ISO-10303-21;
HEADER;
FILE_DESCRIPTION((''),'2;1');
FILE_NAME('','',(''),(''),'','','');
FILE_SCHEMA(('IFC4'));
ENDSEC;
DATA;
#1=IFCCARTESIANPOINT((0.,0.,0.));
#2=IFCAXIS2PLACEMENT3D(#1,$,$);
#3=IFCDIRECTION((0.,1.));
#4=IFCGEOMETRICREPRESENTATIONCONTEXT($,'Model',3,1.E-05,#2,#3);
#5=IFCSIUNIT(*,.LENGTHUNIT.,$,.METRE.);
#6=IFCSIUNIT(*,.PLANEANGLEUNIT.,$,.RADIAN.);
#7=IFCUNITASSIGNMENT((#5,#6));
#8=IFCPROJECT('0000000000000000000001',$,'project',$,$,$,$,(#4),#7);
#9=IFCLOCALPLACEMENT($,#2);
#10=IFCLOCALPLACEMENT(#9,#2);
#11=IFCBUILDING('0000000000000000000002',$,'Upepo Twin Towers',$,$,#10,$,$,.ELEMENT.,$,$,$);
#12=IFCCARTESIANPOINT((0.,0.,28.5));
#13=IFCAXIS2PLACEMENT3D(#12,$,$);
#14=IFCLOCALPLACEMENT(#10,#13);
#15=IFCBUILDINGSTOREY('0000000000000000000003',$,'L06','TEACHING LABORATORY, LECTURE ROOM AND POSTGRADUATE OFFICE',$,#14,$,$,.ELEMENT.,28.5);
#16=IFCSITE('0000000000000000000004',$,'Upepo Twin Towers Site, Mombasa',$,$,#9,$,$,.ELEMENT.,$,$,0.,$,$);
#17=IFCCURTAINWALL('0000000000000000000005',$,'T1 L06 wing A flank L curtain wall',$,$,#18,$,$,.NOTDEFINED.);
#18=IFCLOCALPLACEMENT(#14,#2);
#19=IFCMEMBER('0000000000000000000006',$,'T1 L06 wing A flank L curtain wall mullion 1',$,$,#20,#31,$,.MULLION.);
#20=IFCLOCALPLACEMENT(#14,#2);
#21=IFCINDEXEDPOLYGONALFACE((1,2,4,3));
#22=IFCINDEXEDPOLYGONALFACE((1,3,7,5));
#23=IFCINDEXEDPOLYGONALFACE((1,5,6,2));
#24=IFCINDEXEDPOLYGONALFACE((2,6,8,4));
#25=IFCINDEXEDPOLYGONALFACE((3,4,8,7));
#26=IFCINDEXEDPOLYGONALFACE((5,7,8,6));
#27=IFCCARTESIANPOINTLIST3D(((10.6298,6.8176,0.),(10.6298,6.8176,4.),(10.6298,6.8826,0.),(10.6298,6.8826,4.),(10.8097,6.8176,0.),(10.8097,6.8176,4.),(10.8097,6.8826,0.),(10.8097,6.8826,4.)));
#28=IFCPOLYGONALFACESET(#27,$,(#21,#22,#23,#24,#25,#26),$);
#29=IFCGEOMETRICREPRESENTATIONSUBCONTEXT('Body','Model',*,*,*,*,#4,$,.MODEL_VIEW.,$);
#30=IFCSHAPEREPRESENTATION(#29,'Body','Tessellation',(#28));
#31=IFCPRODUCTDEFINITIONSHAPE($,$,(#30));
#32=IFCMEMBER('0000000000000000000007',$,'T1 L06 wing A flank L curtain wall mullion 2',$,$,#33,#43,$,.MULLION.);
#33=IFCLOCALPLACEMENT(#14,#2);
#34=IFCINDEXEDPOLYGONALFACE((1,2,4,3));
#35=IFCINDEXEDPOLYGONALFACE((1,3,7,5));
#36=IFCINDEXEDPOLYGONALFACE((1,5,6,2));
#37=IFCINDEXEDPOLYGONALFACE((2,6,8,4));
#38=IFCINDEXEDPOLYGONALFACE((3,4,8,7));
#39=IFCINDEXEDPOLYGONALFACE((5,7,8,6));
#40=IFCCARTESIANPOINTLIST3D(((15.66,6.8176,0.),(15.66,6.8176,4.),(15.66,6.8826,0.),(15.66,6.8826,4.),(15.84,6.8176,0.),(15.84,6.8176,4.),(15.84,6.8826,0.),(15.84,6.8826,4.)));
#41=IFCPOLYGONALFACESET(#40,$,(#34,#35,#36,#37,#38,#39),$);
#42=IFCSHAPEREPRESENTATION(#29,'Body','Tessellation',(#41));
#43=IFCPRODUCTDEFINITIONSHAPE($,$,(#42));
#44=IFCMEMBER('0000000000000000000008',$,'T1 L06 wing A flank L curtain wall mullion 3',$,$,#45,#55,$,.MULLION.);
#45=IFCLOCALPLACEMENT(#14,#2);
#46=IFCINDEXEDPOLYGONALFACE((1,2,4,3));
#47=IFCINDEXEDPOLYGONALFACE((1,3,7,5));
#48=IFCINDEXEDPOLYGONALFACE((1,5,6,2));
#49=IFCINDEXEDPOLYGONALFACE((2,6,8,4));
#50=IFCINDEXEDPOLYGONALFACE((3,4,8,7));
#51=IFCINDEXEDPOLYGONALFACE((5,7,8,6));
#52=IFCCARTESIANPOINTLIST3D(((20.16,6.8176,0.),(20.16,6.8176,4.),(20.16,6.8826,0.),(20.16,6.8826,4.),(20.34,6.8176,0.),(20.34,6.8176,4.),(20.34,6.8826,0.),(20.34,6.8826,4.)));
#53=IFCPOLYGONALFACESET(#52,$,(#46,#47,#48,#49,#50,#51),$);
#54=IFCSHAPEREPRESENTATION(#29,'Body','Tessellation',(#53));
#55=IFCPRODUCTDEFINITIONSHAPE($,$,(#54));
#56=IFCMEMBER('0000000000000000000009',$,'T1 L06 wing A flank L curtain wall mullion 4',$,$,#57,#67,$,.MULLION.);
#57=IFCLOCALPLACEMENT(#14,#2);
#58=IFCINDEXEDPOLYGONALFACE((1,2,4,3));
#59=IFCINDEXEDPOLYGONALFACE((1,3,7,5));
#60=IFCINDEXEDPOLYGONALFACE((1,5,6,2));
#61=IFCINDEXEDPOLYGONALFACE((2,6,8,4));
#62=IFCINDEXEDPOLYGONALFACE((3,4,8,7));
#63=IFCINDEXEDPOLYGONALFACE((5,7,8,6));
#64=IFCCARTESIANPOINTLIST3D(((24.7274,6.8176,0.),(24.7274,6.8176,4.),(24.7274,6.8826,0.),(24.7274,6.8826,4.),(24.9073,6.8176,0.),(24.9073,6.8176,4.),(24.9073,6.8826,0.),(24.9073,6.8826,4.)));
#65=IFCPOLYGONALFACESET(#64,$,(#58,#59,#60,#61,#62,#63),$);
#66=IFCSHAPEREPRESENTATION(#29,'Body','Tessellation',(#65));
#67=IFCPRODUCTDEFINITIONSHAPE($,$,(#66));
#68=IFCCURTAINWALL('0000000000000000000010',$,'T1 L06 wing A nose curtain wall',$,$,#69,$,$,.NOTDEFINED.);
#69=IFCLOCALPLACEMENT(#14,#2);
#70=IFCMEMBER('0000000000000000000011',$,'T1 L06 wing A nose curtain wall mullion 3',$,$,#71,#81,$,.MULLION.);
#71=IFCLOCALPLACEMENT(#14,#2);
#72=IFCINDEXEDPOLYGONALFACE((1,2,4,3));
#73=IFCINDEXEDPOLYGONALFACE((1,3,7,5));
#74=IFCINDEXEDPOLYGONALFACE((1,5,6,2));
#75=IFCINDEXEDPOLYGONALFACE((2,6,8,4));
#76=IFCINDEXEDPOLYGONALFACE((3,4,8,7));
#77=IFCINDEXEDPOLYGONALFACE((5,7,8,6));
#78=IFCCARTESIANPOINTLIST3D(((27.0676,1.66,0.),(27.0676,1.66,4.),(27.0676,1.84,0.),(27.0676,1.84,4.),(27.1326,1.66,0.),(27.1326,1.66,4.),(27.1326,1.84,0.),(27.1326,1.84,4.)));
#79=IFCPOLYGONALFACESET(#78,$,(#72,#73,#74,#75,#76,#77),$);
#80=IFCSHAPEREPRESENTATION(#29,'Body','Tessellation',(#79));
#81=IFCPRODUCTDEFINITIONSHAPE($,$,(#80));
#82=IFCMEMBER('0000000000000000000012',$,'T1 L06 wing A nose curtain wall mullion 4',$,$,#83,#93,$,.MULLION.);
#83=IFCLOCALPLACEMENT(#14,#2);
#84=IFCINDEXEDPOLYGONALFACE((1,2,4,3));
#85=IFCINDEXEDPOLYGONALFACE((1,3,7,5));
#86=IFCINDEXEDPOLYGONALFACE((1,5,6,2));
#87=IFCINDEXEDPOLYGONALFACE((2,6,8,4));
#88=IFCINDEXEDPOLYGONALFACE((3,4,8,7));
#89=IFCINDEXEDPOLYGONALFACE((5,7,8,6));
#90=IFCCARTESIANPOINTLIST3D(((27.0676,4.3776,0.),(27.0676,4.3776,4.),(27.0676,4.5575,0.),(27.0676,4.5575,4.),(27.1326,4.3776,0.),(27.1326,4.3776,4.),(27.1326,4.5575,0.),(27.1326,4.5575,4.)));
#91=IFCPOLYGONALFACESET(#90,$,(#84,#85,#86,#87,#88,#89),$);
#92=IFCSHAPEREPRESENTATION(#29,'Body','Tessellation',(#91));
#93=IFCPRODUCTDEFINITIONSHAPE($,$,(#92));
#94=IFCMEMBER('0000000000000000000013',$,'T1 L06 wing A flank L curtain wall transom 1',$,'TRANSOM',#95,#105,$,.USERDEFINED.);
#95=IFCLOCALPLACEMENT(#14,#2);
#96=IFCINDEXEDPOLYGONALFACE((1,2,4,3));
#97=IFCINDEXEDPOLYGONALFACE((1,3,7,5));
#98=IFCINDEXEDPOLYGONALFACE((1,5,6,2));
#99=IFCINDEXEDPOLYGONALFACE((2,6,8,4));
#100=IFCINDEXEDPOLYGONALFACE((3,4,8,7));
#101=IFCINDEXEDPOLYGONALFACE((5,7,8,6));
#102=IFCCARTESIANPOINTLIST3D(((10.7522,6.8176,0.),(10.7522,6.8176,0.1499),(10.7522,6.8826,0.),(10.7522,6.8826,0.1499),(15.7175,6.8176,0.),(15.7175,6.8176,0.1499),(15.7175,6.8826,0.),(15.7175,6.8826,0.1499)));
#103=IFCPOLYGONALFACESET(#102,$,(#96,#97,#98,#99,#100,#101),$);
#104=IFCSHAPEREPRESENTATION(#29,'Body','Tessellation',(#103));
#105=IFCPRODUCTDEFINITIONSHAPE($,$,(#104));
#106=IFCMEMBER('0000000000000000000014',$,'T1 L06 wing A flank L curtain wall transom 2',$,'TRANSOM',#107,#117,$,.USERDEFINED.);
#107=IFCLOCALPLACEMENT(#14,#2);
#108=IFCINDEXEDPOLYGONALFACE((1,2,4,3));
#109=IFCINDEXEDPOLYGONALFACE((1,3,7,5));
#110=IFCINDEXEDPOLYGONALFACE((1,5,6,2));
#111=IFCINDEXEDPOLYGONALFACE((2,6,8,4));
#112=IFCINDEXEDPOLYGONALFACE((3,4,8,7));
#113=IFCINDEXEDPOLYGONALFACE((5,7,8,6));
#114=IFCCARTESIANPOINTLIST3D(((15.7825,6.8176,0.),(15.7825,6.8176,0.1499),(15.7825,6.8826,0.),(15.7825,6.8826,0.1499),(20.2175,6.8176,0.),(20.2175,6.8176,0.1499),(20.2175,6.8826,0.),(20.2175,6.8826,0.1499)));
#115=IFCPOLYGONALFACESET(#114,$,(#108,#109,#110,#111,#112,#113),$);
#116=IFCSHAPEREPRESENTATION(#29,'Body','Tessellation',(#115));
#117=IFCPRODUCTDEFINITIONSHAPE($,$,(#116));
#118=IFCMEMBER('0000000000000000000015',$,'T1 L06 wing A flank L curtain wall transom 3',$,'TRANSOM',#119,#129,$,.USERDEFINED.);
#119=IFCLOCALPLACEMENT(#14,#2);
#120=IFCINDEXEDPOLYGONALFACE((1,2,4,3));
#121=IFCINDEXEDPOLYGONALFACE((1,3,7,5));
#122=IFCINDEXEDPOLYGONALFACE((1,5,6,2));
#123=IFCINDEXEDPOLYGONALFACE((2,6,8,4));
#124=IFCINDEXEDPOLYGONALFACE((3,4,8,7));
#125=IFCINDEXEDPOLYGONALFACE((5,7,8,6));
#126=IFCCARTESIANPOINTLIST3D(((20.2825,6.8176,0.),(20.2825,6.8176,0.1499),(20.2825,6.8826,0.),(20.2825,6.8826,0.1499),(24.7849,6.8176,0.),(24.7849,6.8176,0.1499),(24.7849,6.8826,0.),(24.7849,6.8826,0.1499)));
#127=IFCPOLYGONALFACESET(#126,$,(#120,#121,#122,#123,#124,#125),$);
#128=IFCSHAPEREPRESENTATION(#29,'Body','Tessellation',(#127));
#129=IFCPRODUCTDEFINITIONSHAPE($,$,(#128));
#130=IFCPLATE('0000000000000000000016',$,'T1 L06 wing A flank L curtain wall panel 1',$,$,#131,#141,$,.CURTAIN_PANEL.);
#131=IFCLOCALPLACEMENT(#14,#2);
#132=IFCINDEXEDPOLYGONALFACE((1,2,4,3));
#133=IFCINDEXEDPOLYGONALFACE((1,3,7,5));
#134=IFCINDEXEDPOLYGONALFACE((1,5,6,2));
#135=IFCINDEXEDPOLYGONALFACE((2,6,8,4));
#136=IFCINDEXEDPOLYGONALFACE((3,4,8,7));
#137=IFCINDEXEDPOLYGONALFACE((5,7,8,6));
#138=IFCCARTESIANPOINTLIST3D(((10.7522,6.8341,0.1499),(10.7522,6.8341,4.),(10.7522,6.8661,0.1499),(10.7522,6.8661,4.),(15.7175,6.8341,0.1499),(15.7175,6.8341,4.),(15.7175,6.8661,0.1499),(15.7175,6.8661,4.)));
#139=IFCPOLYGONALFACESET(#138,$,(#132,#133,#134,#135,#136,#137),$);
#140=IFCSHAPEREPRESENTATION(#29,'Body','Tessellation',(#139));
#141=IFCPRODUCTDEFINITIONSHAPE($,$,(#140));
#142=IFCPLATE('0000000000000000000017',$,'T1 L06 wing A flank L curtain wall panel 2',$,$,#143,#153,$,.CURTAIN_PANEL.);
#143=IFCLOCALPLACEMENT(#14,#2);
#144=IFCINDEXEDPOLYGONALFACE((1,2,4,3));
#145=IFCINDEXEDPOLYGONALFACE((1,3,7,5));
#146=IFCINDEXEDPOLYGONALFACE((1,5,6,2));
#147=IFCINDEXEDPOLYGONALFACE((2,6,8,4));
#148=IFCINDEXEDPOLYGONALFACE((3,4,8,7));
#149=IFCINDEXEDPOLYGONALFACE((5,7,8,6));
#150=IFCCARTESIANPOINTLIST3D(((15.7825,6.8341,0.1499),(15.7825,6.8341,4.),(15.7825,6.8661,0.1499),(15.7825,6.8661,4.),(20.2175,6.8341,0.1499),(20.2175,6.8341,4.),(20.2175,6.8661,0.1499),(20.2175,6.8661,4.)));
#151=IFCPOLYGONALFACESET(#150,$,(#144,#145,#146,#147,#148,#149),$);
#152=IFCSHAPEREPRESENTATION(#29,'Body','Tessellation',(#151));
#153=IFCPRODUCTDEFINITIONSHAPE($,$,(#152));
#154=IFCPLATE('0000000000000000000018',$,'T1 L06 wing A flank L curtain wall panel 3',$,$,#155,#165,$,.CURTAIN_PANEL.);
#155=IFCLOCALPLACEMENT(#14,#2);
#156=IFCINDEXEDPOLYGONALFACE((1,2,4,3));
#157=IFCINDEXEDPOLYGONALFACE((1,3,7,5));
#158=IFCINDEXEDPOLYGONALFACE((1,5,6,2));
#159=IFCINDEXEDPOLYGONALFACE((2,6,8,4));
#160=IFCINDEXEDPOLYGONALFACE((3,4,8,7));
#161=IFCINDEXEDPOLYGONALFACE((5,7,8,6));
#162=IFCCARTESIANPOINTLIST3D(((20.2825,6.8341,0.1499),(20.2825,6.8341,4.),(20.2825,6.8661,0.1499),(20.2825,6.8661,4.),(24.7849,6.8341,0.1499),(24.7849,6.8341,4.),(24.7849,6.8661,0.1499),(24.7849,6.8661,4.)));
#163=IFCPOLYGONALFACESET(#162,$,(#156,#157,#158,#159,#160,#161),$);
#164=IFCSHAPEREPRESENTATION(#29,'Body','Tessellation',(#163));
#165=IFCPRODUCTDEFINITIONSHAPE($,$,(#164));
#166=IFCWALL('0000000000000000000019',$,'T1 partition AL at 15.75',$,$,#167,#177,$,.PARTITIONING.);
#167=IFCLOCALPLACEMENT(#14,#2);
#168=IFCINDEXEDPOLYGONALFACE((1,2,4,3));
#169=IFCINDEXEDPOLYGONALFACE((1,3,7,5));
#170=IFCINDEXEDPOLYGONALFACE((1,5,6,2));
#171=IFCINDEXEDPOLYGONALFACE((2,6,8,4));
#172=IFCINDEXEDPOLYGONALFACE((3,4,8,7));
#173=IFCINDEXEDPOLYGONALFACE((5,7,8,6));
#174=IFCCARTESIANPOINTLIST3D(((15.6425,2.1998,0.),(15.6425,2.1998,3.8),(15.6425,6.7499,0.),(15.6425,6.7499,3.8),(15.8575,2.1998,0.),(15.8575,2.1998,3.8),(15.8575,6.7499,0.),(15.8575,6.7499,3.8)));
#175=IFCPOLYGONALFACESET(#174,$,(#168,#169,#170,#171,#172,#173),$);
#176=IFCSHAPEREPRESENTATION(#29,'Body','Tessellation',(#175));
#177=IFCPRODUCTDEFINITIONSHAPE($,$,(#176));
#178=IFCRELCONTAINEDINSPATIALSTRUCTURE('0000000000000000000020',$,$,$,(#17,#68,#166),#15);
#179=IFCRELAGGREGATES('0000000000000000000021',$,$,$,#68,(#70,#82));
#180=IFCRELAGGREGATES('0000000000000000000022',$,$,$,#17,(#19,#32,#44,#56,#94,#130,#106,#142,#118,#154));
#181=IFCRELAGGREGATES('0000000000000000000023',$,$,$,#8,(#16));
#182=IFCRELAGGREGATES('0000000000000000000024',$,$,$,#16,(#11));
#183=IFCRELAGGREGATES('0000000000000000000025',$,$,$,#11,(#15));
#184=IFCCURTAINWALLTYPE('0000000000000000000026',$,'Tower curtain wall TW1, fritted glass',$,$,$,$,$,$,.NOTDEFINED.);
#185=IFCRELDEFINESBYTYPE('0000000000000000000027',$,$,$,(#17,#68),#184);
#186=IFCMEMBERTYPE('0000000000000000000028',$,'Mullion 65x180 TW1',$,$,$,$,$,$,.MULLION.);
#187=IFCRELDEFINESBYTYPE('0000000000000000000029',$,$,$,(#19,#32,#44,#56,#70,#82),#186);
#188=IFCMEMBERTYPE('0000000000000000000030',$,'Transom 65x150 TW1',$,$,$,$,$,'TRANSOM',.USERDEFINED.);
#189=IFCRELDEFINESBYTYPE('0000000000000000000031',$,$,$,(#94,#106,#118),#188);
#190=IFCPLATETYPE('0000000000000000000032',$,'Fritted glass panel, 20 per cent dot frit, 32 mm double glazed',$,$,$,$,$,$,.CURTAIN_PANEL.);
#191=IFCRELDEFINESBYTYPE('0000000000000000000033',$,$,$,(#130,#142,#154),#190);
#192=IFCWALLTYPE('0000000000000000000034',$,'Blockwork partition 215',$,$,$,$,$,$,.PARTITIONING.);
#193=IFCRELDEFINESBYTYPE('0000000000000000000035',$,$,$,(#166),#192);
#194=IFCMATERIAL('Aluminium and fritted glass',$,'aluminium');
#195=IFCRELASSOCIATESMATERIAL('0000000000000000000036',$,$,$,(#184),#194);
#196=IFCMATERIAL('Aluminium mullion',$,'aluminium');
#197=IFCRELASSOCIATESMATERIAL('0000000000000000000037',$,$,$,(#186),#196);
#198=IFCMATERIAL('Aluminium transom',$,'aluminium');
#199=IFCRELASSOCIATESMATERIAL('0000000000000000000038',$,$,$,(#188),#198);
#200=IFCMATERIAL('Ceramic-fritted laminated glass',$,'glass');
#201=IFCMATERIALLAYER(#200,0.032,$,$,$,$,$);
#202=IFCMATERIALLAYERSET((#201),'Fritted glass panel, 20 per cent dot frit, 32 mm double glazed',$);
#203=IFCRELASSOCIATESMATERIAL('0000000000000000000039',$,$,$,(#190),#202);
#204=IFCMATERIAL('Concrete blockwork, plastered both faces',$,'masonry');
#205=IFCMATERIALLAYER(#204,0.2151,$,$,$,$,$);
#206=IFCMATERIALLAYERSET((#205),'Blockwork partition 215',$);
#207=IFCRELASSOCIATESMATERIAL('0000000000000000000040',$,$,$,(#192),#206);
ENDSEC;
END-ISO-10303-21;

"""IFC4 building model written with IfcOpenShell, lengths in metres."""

from ifc_helpers import new_model, si_unit, direction, frame, frame_2d, origin, origin_2d, place, context, subcontext, project, spatial, rectangle, extrude, material, layer, layer_set, material_profile, profile_set, type_object, element, aggregate, save


model = new_model("IFC4")

# Units and contexts
model_context = context("Model", 3, precision=1e-05, world=origin(), true_north=direction((0.0, 1.0)))
body_context = subcontext(model_context, "Body", "Model", "MODEL_VIEW")
ifc_project = project(units=[si_unit("LENGTHUNIT", "METRE"), si_unit("PLANEANGLEUNIT", "RADIAN")], contexts=[model_context])

# Site, building, storey
site_placement = place(None, origin())
site = spatial("IfcSite", under=ifc_project, at=site_placement, Name="Upepo Twin Towers Site, Mombasa", CompositionType="ELEMENT", RefElevation=0.0)
building_placement = place(site_placement, origin())
building = spatial("IfcBuilding", under=site, at=building_placement, Name="Upepo Twin Towers", CompositionType="ELEMENT")
storey_placement = place(building_placement, frame((0.0, 0.0, 28.5)))
storey = spatial("IfcBuildingStorey", under=building, at=storey_placement, Name="L06", Description="TEACHING LABORATORY, LECTURE ROOM AND POSTGRADUATE OFFICE", CompositionType="ELEMENT", Elevation=28.5)

# Curtain walls, members
ifc_material_1 = material(Name="Aluminium and fritted glass", Category="aluminium")
curtain_wall_type = type_object("IfcCurtainWallType", Name="Tower curtain wall TW1, fritted glass", PredefinedType="NOTDEFINED", material=ifc_material_1)
curtain_wall_1_placement = place(storey_placement, origin())
curtain_wall_1 = element("IfcCurtainWall", 1, at=curtain_wall_1_placement, inside=storey, type_object=curtain_wall_type, Name="T1 L06 wing A flank L curtain wall", PredefinedType="NOTDEFINED")
ifc_material_2 = material(Name="Aluminium mullion", Category="aluminium")
ifc_material_profile_1 = material_profile(ifc_material_2, rectangle(XDim=0.0649, YDim=0.1799, at=origin_2d()), Name="MULLION 65x180")
ifc_profile_set_1 = profile_set([ifc_material_profile_1], Name="Aluminium mullion")
member_type_1 = type_object("IfcMemberType", Name="Mullion 65x180 TW1", PredefinedType="MULLION", material=ifc_profile_set_1)
member_1_placement = place(storey_placement, frame((10.7197, 6.8501, 0.0), z_axis=(0.0, 0.0, 1.0), x_axis=(0.0, 1.0, 0.0)))
member_1 = element("IfcMember", 2, at=member_1_placement, type_object=member_type_1, Name="T1 L06 wing A flank L curtain wall mullion 1", PredefinedType="MULLION", context=body_context, shape_type="SweptSolid", body=[
    extrude(rectangle(XDim=0.0649, YDim=0.1799, at=origin_2d()), origin(), (0.0, 0.0, 1.0), 4.0),
])
member_2_placement = place(storey_placement, frame((15.75, 6.8501, 0.0), z_axis=(0.0, 0.0, 1.0), x_axis=(0.0, 1.0, 0.0)))
member_2 = element("IfcMember", 3, at=member_2_placement, type_object=member_type_1, Name="T1 L06 wing A flank L curtain wall mullion 2", PredefinedType="MULLION", context=body_context, shape_type="SweptSolid", body=[
    extrude(rectangle(XDim=0.0649, YDim=0.1799, at=origin_2d()), origin(), (0.0, 0.0, 1.0), 4.0),
])
member_3_placement = place(storey_placement, frame((20.25, 6.8501, 0.0), z_axis=(0.0, 0.0, 1.0), x_axis=(0.0, 1.0, 0.0)))
member_3 = element("IfcMember", 4, at=member_3_placement, type_object=member_type_1, Name="T1 L06 wing A flank L curtain wall mullion 3", PredefinedType="MULLION", context=body_context, shape_type="SweptSolid", body=[
    extrude(rectangle(XDim=0.0649, YDim=0.1799, at=origin_2d()), origin(), (0.0, 0.0, 1.0), 4.0),
])
member_4_placement = place(storey_placement, frame((24.8174, 6.8501, 0.0), z_axis=(0.0, 0.0, 1.0), x_axis=(0.0, 1.0, 0.0)))
member_4 = element("IfcMember", 5, at=member_4_placement, type_object=member_type_1, Name="T1 L06 wing A flank L curtain wall mullion 4", PredefinedType="MULLION", context=body_context, shape_type="SweptSolid", body=[
    extrude(rectangle(XDim=0.0649, YDim=0.1799, at=origin_2d()), origin(), (0.0, 0.0, 1.0), 4.0),
])
curtain_wall_2_placement = place(storey_placement, origin())
curtain_wall_2 = element("IfcCurtainWall", 6, at=curtain_wall_2_placement, inside=storey, type_object=curtain_wall_type, Name="T1 L06 wing A nose curtain wall", PredefinedType="NOTDEFINED")
member_5_placement = place(storey_placement, frame((27.1001, 1.75, 0.0), z_axis=(0.0, 0.0, 1.0), x_axis=(-1.0, 0.0, 0.0)))
member_5 = element("IfcMember", 7, at=member_5_placement, type_object=member_type_1, Name="T1 L06 wing A nose curtain wall mullion 3", PredefinedType="MULLION", context=body_context, shape_type="SweptSolid", body=[
    extrude(rectangle(XDim=0.0649, YDim=0.1799, at=origin_2d()), origin(), (0.0, 0.0, 1.0), 4.0),
])
member_6_placement = place(storey_placement, frame((27.1001, 4.4675, 0.0), z_axis=(0.0, 0.0, 1.0), x_axis=(-1.0, 0.0, 0.0)))
member_6 = element("IfcMember", 8, at=member_6_placement, type_object=member_type_1, Name="T1 L06 wing A nose curtain wall mullion 4", PredefinedType="MULLION", context=body_context, shape_type="SweptSolid", body=[
    extrude(rectangle(XDim=0.0649, YDim=0.1799, at=origin_2d()), origin(), (0.0, 0.0, 1.0), 4.0),
])
aggregate(curtain_wall_2, [member_5, member_6])

# Members
ifc_material_3 = material(Name="Aluminium transom", Category="aluminium")
ifc_material_profile_2 = material_profile(ifc_material_3, rectangle(XDim=0.0649, YDim=0.1499, at=origin_2d()), Name="TRANSOM 65x150")
ifc_profile_set_2 = profile_set([ifc_material_profile_2], Name="Aluminium transom")
member_type_2 = type_object("IfcMemberType", Name="Transom 65x150 TW1", ElementType="TRANSOM", PredefinedType="USERDEFINED", material=ifc_profile_set_2)
member_7_placement = place(storey_placement, frame((10.7522, 6.8501, 0.075), z_axis=(1.0, 0.0, 0.0), x_axis=(0.0, 1.0, 0.0)))
member_7 = element("IfcMember", 9, at=member_7_placement, type_object=member_type_2, Name="T1 L06 wing A flank L curtain wall transom 1", ObjectType="TRANSOM", PredefinedType="USERDEFINED", context=body_context, shape_type="SweptSolid", body=[
    extrude(rectangle(XDim=0.0649, YDim=0.1499, at=origin_2d()), origin(), (0.0, 0.0, 1.0), 4.9653),
])
member_8_placement = place(storey_placement, frame((15.7825, 6.8501, 0.075), z_axis=(1.0, 0.0, 0.0), x_axis=(0.0, 1.0, 0.0)))
member_8 = element("IfcMember", 10, at=member_8_placement, type_object=member_type_2, Name="T1 L06 wing A flank L curtain wall transom 2", ObjectType="TRANSOM", PredefinedType="USERDEFINED", context=body_context, shape_type="SweptSolid", body=[
    extrude(rectangle(XDim=0.0649, YDim=0.1499, at=origin_2d()), origin(), (0.0, 0.0, 1.0), 4.4351),
])
member_9_placement = place(storey_placement, frame((20.2825, 6.8501, 0.075), z_axis=(1.0, 0.0, 0.0), x_axis=(0.0, 1.0, 0.0)))
member_9 = element("IfcMember", 11, at=member_9_placement, type_object=member_type_2, Name="T1 L06 wing A flank L curtain wall transom 3", ObjectType="TRANSOM", PredefinedType="USERDEFINED", context=body_context, shape_type="SweptSolid", body=[
    extrude(rectangle(XDim=0.0649, YDim=0.1499, at=origin_2d()), origin(), (0.0, 0.0, 1.0), 4.5024),
])

# Plates
ifc_material_4 = material(Name="Ceramic-fritted laminated glass", Category="glass")
ifc_layer_1 = layer(ifc_material_4, 0.032)
ifc_layer_set_1 = layer_set([ifc_layer_1], Name="Fritted glass panel, 20 per cent dot frit, 32 mm double glazed")
plate_type = type_object("IfcPlateType", Name="Fritted glass panel, 20 per cent dot frit, 32 mm double glazed", PredefinedType="CURTAIN_PANEL", material=ifc_layer_set_1)
plate_1_placement = place(storey_placement, frame((13.2349, 6.8501, 0.1499), z_axis=(0.0, 0.0, 1.0), x_axis=(1.0, 0.0, 0.0)))
plate_1 = element("IfcPlate", 12, at=plate_1_placement, type_object=plate_type, Name="T1 L06 wing A flank L curtain wall panel 1", PredefinedType="CURTAIN_PANEL", context=body_context, shape_type="SweptSolid", body=[
    extrude(rectangle(XDim=4.9653, YDim=0.032, at=origin_2d()), origin(), (0.0, 0.0, 1.0), 3.8501),
])
plate_2_placement = place(storey_placement, frame((18.0, 6.8501, 0.1499), z_axis=(0.0, 0.0, 1.0), x_axis=(1.0, 0.0, 0.0)))
plate_2 = element("IfcPlate", 13, at=plate_2_placement, type_object=plate_type, Name="T1 L06 wing A flank L curtain wall panel 2", PredefinedType="CURTAIN_PANEL", context=body_context, shape_type="SweptSolid", body=[
    extrude(rectangle(XDim=4.4351, YDim=0.032, at=origin_2d()), origin(), (0.0, 0.0, 1.0), 3.8501),
])
plate_3_placement = place(storey_placement, frame((22.5337, 6.8501, 0.1499), z_axis=(0.0, 0.0, 1.0), x_axis=(1.0, 0.0, 0.0)))
plate_3 = element("IfcPlate", 14, at=plate_3_placement, type_object=plate_type, Name="T1 L06 wing A flank L curtain wall panel 3", PredefinedType="CURTAIN_PANEL", context=body_context, shape_type="SweptSolid", body=[
    extrude(rectangle(XDim=4.5024, YDim=0.032, at=origin_2d()), origin(), (0.0, 0.0, 1.0), 3.8501),
])
aggregate(curtain_wall_1, [member_1, member_2, member_3, member_4, member_7, plate_1, member_8, plate_2, member_9, plate_3])

# Wall
ifc_material_5 = material(Name="Concrete blockwork, plastered both faces", Category="masonry")
ifc_layer_2 = layer(ifc_material_5, 0.2151)
ifc_layer_set_2 = layer_set([ifc_layer_2], Name="Blockwork partition 215")
wall_type_1 = type_object("IfcWallType", Name="Blockwork partition 215", PredefinedType="PARTITIONING", material=ifc_layer_set_2)
wall_1_placement = place(storey_placement, frame((15.75, 2.2, 0.0), z_axis=(0.0, 0.0, 1.0), x_axis=(0.0, 1.0, 0.0)))
element("IfcWall", 15, at=wall_1_placement, inside=storey, type_object=wall_type_1, Name="T1 partition AL at 15.75", PredefinedType="PARTITIONING", context=body_context, shape_type="SweptSolid", body=[
    extrude(rectangle(XDim=4.55, YDim=0.2151, at=frame_2d((2.2749, 0.0))), origin(), (0.0, 0.0, 1.0), 3.8),
])

save(model, "model.ifc")
